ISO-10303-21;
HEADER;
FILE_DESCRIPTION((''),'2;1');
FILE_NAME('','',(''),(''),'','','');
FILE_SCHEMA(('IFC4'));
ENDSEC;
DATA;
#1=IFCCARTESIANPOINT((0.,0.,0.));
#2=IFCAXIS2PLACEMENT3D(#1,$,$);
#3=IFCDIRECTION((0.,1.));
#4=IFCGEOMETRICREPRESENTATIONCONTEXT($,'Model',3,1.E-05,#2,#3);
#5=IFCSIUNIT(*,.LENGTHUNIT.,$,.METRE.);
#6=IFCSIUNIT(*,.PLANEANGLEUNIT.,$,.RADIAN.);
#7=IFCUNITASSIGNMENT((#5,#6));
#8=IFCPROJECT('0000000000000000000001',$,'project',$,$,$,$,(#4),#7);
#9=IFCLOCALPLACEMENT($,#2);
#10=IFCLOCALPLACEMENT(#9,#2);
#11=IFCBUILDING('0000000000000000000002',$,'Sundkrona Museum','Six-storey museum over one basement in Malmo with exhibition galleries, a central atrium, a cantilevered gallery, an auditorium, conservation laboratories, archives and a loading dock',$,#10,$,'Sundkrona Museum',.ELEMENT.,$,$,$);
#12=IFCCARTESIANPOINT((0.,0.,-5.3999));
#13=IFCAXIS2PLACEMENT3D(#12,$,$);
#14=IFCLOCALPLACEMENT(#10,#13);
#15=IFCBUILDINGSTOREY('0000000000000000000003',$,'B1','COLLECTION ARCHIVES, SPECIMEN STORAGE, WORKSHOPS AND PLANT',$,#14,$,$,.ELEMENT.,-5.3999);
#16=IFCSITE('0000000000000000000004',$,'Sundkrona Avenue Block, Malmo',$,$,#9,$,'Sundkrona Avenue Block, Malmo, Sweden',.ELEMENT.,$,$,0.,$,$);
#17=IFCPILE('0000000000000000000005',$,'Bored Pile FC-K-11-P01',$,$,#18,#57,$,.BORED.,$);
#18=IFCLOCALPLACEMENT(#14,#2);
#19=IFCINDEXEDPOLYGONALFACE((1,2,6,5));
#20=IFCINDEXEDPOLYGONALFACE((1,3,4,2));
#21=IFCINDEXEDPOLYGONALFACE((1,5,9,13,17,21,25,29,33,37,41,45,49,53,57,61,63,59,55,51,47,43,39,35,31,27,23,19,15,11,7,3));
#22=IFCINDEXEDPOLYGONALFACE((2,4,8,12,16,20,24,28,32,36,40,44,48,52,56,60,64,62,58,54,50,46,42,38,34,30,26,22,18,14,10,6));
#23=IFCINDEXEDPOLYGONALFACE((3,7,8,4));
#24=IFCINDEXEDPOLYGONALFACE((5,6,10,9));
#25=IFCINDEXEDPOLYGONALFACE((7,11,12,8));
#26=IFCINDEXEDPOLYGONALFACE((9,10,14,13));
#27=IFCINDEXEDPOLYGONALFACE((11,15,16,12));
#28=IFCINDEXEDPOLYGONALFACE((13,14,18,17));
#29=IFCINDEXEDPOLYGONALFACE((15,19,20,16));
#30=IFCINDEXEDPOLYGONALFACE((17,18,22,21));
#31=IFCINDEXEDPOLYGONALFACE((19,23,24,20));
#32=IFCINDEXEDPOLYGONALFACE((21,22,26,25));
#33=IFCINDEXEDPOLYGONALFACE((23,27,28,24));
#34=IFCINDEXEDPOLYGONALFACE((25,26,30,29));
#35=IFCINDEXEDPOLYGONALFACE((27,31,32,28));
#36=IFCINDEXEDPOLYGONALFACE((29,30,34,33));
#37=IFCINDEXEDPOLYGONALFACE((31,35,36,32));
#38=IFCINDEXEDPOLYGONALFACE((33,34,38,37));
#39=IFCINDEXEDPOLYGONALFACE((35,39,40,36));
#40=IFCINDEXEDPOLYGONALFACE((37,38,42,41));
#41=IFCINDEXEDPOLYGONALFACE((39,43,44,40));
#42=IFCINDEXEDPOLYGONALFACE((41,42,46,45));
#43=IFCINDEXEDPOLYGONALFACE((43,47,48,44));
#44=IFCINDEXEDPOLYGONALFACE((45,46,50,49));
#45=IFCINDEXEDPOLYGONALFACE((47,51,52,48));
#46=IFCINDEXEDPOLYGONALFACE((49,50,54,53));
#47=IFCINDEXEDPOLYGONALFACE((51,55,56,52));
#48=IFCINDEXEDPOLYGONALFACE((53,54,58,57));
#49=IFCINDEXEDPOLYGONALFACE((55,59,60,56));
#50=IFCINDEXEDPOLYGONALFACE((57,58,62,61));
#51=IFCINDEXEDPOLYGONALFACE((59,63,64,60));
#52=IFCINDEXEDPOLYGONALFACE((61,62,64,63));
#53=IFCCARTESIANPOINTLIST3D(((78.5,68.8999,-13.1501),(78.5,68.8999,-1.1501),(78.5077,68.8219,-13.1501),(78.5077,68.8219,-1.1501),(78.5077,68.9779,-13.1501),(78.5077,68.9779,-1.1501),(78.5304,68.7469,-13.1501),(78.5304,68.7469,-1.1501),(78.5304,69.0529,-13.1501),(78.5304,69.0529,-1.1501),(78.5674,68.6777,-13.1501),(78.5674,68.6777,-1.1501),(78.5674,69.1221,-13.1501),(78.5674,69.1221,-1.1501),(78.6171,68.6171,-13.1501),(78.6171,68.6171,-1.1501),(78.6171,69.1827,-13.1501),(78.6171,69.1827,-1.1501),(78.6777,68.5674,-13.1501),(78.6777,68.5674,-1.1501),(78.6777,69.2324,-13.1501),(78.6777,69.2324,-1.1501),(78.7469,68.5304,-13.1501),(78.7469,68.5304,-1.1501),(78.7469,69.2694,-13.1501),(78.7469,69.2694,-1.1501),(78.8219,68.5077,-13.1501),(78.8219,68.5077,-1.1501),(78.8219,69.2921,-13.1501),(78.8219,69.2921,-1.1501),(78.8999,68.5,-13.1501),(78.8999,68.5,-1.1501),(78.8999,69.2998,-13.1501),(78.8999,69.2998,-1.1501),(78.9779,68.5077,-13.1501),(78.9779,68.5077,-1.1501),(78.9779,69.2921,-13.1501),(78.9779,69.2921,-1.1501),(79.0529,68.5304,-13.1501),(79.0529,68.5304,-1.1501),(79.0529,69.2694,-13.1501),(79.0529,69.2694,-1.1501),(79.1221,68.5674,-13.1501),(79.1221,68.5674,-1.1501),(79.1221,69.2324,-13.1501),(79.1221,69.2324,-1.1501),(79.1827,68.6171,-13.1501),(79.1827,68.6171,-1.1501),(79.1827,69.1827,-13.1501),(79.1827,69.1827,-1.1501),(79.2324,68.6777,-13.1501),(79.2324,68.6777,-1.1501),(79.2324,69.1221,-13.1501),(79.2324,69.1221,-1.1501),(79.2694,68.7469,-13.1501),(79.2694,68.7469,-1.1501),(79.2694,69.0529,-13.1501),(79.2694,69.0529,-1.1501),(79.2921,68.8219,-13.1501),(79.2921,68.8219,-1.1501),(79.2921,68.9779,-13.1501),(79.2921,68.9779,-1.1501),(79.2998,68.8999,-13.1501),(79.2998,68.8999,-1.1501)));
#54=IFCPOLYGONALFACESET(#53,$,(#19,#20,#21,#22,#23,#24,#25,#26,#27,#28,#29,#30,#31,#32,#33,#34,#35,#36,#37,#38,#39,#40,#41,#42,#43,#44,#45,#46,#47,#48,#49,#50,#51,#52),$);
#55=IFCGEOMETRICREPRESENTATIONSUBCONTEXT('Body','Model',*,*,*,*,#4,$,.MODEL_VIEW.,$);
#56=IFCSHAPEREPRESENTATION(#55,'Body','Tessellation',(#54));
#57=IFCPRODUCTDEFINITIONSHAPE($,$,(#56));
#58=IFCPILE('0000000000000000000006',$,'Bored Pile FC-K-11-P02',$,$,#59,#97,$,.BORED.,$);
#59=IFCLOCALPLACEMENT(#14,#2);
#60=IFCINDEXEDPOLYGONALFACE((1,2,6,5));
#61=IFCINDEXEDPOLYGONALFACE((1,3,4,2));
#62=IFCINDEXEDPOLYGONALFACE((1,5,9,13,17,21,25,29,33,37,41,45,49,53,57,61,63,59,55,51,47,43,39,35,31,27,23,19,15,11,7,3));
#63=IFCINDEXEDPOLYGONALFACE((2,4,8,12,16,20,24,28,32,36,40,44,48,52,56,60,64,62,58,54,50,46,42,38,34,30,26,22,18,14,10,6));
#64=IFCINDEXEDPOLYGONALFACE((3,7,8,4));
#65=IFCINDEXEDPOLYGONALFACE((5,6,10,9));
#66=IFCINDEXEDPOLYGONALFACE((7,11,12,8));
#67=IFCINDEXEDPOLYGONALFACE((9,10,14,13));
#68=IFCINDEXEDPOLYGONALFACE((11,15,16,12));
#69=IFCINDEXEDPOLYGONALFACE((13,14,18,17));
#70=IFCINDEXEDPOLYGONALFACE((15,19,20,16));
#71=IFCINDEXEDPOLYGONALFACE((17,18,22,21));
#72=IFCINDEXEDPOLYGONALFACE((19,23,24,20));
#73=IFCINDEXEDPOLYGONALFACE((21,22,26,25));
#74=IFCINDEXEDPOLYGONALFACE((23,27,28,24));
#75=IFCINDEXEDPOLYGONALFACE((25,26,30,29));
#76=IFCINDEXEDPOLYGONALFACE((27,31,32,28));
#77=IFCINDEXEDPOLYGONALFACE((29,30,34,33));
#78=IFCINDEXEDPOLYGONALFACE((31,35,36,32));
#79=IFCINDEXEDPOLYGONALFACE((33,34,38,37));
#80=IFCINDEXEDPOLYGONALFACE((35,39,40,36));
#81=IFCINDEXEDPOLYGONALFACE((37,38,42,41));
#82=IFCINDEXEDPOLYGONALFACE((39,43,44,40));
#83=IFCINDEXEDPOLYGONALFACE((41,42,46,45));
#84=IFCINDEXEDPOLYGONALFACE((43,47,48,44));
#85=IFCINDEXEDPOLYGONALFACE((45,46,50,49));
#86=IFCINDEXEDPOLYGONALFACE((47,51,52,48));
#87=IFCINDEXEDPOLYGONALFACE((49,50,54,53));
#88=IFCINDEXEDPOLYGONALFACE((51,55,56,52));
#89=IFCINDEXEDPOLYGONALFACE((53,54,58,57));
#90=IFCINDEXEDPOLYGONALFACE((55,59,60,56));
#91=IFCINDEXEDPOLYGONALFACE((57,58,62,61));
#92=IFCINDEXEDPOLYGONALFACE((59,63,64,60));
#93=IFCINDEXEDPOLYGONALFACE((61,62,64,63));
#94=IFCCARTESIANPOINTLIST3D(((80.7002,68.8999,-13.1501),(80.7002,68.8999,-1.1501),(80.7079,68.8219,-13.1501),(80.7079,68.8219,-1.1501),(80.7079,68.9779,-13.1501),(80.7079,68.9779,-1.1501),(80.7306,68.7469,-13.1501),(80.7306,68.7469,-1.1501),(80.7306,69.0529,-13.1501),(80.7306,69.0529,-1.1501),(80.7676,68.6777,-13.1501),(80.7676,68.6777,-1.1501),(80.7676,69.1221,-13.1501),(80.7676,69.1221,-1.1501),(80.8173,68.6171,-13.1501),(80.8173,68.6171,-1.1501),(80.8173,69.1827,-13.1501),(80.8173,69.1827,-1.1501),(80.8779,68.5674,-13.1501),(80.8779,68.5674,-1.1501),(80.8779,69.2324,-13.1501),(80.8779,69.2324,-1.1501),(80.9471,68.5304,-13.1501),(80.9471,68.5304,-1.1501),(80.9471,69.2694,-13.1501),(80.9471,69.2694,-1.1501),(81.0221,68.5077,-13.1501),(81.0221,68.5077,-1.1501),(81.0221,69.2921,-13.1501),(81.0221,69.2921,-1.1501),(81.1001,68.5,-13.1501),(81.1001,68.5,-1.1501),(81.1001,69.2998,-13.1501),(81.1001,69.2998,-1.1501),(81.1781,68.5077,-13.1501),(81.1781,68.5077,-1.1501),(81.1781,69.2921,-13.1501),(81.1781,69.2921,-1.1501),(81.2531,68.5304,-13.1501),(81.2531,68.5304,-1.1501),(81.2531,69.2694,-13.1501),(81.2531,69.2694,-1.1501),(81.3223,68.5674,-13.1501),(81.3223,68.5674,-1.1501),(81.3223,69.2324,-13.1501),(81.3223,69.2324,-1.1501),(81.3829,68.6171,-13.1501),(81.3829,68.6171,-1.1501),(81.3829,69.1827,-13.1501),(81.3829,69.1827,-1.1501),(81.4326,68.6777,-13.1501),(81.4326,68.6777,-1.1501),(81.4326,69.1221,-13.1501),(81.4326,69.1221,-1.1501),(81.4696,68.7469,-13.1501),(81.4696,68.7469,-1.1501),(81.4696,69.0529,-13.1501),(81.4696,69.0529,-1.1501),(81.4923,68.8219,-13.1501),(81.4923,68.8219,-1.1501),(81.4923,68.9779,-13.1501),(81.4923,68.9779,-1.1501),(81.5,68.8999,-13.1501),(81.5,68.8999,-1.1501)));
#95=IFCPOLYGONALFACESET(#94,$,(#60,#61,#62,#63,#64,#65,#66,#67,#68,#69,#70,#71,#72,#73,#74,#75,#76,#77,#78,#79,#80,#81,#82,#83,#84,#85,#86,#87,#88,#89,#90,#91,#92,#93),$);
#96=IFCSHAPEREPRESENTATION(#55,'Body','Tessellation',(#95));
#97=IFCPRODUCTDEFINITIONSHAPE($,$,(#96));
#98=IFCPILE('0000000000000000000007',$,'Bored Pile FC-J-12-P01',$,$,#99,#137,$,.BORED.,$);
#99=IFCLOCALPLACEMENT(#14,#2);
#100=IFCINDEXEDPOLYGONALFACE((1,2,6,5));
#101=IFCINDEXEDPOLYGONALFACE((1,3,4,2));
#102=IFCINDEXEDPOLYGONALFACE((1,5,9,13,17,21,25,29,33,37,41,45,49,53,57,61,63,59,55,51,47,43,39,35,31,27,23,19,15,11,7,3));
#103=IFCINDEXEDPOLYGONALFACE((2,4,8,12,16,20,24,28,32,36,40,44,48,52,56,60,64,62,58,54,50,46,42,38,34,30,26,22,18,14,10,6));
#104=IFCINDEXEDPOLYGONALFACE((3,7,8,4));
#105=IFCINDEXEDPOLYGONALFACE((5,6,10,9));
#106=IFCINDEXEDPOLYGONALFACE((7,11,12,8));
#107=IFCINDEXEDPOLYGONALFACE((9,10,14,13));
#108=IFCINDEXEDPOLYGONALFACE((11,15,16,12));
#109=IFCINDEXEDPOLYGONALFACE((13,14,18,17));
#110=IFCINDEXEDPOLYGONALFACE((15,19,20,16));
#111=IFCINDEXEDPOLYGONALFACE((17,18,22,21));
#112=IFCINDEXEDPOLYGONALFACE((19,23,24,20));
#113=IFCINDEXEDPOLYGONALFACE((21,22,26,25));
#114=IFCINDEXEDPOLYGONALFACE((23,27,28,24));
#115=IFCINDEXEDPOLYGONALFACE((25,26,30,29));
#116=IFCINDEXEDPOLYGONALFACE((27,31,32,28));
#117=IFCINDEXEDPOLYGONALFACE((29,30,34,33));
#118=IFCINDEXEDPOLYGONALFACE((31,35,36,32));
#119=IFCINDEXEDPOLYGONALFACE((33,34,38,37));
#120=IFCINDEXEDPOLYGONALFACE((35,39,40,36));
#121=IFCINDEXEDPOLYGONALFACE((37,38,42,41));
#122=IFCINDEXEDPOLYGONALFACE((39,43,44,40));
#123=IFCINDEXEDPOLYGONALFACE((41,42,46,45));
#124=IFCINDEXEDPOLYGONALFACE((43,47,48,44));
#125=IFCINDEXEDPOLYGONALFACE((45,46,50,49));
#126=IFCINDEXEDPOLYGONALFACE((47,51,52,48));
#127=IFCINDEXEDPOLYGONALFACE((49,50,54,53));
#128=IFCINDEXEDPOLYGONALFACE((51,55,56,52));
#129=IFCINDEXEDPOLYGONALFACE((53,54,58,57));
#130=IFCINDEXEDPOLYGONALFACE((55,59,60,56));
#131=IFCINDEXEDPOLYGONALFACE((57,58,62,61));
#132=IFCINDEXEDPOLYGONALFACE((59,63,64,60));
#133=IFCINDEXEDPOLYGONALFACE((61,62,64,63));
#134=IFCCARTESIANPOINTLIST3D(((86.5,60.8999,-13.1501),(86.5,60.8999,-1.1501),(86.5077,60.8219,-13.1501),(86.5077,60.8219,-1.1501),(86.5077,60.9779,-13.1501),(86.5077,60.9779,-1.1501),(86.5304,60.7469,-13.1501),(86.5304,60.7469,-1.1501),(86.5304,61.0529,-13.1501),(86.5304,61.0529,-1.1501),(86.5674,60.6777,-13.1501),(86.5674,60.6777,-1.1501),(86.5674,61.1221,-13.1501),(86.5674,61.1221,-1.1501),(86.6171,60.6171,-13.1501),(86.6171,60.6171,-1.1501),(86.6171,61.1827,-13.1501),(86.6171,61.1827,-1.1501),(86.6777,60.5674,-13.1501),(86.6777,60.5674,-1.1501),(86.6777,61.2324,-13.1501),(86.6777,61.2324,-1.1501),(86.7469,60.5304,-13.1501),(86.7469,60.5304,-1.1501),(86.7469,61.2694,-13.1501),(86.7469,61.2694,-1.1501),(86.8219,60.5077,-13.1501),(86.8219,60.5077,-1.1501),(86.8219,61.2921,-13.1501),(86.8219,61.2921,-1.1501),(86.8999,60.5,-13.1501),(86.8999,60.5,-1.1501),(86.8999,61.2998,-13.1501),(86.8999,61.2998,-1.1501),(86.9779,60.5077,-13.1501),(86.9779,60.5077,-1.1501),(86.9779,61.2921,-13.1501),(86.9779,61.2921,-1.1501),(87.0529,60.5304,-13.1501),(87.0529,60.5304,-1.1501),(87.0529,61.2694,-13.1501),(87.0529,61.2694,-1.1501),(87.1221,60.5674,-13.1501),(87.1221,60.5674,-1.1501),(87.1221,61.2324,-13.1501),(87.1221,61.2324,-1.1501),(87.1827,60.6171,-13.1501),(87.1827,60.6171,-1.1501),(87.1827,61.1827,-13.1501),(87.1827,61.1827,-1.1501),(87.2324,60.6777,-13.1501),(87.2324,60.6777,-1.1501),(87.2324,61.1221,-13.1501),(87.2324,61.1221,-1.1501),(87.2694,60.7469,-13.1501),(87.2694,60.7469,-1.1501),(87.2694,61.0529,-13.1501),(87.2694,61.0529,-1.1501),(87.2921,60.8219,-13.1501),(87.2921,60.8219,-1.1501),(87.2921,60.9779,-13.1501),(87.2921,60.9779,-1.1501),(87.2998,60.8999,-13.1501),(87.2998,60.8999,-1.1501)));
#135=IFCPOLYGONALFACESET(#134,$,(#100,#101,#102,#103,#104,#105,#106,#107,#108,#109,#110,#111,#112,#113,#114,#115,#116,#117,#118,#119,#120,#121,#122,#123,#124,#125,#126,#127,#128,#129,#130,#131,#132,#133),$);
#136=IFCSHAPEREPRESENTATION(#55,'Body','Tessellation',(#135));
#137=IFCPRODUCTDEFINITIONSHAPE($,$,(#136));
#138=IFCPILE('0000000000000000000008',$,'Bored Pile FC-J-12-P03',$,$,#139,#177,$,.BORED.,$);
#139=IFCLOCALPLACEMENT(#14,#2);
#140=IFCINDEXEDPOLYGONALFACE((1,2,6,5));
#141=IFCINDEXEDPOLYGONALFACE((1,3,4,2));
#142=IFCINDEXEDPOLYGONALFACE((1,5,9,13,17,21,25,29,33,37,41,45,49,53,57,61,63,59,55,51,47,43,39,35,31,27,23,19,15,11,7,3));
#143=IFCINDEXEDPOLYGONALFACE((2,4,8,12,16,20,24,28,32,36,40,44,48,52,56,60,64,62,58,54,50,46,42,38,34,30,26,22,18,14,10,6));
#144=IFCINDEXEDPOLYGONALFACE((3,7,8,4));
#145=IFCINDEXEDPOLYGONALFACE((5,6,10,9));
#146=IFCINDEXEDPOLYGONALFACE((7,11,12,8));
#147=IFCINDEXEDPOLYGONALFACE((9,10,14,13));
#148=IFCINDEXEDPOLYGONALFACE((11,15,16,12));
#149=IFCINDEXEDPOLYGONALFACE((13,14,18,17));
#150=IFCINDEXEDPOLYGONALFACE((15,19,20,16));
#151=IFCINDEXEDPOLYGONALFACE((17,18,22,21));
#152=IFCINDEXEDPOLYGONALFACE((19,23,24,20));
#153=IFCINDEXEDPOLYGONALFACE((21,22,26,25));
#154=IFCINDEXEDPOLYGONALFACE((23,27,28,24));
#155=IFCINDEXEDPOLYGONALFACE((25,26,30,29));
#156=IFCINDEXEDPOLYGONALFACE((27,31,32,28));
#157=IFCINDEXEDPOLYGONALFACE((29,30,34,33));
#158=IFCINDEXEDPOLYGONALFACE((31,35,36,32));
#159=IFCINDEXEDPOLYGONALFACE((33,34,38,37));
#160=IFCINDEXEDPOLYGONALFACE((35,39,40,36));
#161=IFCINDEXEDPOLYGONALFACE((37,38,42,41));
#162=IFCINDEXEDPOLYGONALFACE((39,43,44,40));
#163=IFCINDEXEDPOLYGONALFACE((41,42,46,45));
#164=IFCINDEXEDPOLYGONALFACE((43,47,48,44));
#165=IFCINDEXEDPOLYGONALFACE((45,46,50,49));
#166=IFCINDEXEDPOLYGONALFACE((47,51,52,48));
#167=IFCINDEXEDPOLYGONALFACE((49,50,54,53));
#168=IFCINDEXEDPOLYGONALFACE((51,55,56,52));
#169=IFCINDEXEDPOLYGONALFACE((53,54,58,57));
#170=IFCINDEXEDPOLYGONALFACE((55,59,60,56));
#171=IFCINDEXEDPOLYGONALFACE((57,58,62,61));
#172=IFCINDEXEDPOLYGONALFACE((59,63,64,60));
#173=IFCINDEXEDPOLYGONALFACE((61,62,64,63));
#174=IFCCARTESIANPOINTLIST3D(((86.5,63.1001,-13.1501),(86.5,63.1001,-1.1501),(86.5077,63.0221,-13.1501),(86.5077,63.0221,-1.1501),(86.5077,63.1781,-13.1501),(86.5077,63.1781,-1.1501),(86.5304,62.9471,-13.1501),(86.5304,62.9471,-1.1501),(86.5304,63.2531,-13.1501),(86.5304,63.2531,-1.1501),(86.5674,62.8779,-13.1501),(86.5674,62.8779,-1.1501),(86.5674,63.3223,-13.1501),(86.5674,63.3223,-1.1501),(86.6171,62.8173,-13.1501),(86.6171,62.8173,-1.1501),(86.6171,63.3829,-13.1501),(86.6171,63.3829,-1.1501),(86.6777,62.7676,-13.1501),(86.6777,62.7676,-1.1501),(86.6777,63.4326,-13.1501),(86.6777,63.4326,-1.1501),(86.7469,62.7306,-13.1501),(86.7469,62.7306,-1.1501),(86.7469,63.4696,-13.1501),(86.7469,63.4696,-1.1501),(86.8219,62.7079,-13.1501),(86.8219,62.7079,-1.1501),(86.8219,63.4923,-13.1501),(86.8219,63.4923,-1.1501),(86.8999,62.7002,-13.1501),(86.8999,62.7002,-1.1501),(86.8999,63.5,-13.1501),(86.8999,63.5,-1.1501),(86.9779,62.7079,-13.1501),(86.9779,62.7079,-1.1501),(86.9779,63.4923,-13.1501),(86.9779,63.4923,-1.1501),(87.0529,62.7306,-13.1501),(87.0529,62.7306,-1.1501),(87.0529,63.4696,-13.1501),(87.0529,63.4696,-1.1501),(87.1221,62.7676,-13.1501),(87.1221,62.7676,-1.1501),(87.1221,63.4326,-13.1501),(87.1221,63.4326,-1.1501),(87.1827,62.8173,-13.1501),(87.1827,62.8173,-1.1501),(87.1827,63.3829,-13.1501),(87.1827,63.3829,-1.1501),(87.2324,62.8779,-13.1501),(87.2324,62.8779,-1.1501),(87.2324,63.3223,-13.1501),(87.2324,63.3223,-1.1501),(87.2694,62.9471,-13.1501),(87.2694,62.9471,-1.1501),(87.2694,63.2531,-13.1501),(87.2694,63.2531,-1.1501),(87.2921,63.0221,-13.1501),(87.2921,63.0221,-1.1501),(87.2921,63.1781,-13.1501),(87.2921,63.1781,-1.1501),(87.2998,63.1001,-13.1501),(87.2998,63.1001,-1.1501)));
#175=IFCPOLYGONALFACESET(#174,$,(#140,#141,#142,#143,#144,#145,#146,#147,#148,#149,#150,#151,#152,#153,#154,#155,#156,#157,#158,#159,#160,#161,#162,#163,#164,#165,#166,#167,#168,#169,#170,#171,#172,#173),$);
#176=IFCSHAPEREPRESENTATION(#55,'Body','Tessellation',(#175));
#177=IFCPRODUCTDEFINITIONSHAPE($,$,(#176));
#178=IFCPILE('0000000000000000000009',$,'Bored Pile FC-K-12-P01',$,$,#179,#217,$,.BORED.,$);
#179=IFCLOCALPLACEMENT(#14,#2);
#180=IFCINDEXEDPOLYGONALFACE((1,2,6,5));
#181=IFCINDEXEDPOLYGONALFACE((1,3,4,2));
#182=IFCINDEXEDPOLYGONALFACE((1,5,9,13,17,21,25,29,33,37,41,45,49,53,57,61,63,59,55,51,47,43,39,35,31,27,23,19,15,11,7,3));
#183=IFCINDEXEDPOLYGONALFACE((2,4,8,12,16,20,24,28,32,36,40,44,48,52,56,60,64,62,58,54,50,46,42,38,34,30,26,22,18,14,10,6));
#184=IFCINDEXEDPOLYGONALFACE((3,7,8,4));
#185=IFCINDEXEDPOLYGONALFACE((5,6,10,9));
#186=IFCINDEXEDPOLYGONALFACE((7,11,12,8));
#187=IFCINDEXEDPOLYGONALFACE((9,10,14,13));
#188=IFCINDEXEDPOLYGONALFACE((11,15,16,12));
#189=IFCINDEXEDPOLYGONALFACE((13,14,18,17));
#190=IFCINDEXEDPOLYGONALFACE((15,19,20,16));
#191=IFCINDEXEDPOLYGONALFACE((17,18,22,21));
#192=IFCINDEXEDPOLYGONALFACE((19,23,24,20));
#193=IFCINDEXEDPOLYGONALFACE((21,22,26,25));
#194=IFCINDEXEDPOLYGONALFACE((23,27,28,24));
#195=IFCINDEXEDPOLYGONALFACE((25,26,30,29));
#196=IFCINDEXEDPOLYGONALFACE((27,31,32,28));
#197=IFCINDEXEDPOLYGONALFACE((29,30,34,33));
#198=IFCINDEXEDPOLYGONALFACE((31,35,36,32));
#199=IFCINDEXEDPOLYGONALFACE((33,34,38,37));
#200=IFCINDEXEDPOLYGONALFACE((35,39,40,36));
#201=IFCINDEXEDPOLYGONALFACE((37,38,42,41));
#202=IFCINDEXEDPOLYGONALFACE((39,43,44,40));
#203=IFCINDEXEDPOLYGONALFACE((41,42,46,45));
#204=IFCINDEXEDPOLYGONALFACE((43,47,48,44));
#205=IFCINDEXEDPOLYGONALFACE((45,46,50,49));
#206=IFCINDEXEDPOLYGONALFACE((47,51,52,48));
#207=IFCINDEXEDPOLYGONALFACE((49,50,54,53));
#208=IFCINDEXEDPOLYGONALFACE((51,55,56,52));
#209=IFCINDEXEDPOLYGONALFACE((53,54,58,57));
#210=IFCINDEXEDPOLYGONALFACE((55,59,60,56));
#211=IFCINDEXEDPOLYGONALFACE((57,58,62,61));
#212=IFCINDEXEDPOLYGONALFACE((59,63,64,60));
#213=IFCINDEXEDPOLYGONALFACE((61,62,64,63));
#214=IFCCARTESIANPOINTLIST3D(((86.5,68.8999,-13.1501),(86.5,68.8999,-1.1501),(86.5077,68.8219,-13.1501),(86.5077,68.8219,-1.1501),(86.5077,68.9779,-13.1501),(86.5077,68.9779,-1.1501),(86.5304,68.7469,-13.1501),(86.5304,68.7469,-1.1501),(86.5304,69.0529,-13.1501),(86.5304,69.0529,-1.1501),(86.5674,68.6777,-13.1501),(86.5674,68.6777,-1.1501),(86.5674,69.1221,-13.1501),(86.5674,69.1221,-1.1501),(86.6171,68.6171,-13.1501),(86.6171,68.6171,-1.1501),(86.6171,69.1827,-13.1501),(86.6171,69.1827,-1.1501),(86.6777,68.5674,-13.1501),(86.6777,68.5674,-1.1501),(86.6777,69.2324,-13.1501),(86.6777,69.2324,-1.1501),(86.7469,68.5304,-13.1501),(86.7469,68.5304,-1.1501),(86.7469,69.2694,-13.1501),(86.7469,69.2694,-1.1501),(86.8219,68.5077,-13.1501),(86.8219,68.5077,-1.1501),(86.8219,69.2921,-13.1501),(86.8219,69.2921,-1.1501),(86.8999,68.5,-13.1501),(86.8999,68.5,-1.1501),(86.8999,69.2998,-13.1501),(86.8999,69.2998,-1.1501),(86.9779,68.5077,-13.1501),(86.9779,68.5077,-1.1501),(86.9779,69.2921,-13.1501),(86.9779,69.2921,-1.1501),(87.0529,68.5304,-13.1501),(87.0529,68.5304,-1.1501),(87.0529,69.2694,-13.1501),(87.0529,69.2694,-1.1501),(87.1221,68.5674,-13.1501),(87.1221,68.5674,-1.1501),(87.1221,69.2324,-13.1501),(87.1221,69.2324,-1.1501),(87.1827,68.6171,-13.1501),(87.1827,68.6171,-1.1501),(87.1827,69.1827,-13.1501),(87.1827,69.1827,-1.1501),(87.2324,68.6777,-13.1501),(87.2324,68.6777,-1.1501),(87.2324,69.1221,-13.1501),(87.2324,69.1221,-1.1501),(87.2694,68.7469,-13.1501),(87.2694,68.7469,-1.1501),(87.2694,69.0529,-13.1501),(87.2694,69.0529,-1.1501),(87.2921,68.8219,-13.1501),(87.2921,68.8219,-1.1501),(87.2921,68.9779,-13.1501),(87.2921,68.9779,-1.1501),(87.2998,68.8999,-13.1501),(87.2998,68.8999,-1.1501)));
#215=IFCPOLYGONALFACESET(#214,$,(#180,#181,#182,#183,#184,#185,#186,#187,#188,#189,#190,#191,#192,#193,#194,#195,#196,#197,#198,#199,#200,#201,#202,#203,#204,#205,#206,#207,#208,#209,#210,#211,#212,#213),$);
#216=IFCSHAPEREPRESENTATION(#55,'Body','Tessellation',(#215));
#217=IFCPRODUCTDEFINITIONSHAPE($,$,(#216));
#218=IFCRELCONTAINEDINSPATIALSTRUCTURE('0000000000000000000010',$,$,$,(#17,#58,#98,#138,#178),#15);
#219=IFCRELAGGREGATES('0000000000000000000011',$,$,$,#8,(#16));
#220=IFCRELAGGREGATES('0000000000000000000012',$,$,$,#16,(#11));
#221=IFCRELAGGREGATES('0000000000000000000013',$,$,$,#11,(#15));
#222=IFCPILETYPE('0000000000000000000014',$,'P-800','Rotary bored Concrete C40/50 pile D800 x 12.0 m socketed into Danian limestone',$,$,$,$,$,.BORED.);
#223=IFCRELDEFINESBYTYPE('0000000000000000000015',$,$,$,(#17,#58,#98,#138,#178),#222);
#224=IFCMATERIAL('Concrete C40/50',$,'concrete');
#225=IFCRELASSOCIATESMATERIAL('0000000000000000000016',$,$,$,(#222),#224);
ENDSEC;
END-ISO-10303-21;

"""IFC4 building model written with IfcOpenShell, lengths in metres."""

from ifc_helpers import new_model, si_unit, direction, frame, origin, origin_2d, place, context, subcontext, project, spatial, circle, extrude, material, material_profile, profile_set, type_object, element, save


model = new_model("IFC4")

# Units and contexts
model_context = context("Model", 3, precision=1e-05, world=origin(), true_north=direction((0.0, 1.0)))
body_context = subcontext(model_context, "Body", "Model", "MODEL_VIEW")
ifc_project = project(units=[si_unit("LENGTHUNIT", "METRE"), si_unit("PLANEANGLEUNIT", "RADIAN")], contexts=[model_context])

# Site, building, storey
site_placement = place(None, origin())
site = spatial("IfcSite", under=ifc_project, at=site_placement, Name="Sundkrona Avenue Block, Malmo", LongName="Sundkrona Avenue Block, Malmo, Sweden", CompositionType="ELEMENT", RefElevation=0.0)
building_placement = place(site_placement, origin())
building = spatial("IfcBuilding", under=site, at=building_placement, Name="Sundkrona Museum", Description="Six-storey museum over one basement in Malmo with exhibition galleries, a central atrium, a cantilevered gallery, an auditorium, conservation laboratories, archives and a loading dock", LongName="Sundkrona Museum", CompositionType="ELEMENT")
storey_placement = place(building_placement, frame((0.0, 0.0, -5.3999)))
storey = spatial("IfcBuildingStorey", under=building, at=storey_placement, Name="B1", Description="COLLECTION ARCHIVES, SPECIMEN STORAGE, WORKSHOPS AND PLANT", CompositionType="ELEMENT", Elevation=-5.3999)

# Shared definitions
ifc_material_1 = material(Name="Concrete C40/50", Category="concrete")

# Piles
ifc_material_profile_1 = material_profile(ifc_material_1, circle(Radius=0.3999, at=origin_2d()), Name="PILE D800")
ifc_profile_set_1 = profile_set([ifc_material_profile_1], Name="Concrete C40/50")
pile_type = type_object("IfcPileType", Name="P-800", Description="Rotary bored Concrete C40/50 pile D800 x 12.0 m socketed into Danian limestone", PredefinedType="BORED", material=ifc_profile_set_1)
for number, where, z_axis, x_axis, name in (
    (1, (78.8999, 68.8999, -1.1501), (0.0, 0.0, -1.0), (1.0, 0.0, 0.0), "Bored Pile FC-K-11-P01"),
    (2, (81.1001, 68.8999, -1.1501), (0.0, 0.0, -1.0), (1.0, 0.0, 0.0), "Bored Pile FC-K-11-P02"),
    (3, (86.8999, 60.8999, -1.1501), (0.0, 0.0, -1.0), (1.0, 0.0, 0.0), "Bored Pile FC-J-12-P01"),
    (4, (86.8999, 63.1001, -1.1501), (0.0, 0.0, -1.0), (1.0, 0.0, 0.0), "Bored Pile FC-J-12-P03"),
    (5, (86.8999, 68.8999, -1.1501), (0.0, 0.0, -1.0), (1.0, 0.0, 0.0), "Bored Pile FC-K-12-P01"),
):
    element("IfcPile", number, at=place(storey_placement, frame(where, z_axis=z_axis, x_axis=x_axis)), inside=storey, type_object=pile_type, Name=name, PredefinedType="BORED", context=body_context, shape_type="SweptSolid", body=[
        extrude(circle(Radius=0.3999, at=origin_2d()), origin(), (0.0, 0.0, 1.0), 12.0),
    ])

save(model, "model.ifc")
